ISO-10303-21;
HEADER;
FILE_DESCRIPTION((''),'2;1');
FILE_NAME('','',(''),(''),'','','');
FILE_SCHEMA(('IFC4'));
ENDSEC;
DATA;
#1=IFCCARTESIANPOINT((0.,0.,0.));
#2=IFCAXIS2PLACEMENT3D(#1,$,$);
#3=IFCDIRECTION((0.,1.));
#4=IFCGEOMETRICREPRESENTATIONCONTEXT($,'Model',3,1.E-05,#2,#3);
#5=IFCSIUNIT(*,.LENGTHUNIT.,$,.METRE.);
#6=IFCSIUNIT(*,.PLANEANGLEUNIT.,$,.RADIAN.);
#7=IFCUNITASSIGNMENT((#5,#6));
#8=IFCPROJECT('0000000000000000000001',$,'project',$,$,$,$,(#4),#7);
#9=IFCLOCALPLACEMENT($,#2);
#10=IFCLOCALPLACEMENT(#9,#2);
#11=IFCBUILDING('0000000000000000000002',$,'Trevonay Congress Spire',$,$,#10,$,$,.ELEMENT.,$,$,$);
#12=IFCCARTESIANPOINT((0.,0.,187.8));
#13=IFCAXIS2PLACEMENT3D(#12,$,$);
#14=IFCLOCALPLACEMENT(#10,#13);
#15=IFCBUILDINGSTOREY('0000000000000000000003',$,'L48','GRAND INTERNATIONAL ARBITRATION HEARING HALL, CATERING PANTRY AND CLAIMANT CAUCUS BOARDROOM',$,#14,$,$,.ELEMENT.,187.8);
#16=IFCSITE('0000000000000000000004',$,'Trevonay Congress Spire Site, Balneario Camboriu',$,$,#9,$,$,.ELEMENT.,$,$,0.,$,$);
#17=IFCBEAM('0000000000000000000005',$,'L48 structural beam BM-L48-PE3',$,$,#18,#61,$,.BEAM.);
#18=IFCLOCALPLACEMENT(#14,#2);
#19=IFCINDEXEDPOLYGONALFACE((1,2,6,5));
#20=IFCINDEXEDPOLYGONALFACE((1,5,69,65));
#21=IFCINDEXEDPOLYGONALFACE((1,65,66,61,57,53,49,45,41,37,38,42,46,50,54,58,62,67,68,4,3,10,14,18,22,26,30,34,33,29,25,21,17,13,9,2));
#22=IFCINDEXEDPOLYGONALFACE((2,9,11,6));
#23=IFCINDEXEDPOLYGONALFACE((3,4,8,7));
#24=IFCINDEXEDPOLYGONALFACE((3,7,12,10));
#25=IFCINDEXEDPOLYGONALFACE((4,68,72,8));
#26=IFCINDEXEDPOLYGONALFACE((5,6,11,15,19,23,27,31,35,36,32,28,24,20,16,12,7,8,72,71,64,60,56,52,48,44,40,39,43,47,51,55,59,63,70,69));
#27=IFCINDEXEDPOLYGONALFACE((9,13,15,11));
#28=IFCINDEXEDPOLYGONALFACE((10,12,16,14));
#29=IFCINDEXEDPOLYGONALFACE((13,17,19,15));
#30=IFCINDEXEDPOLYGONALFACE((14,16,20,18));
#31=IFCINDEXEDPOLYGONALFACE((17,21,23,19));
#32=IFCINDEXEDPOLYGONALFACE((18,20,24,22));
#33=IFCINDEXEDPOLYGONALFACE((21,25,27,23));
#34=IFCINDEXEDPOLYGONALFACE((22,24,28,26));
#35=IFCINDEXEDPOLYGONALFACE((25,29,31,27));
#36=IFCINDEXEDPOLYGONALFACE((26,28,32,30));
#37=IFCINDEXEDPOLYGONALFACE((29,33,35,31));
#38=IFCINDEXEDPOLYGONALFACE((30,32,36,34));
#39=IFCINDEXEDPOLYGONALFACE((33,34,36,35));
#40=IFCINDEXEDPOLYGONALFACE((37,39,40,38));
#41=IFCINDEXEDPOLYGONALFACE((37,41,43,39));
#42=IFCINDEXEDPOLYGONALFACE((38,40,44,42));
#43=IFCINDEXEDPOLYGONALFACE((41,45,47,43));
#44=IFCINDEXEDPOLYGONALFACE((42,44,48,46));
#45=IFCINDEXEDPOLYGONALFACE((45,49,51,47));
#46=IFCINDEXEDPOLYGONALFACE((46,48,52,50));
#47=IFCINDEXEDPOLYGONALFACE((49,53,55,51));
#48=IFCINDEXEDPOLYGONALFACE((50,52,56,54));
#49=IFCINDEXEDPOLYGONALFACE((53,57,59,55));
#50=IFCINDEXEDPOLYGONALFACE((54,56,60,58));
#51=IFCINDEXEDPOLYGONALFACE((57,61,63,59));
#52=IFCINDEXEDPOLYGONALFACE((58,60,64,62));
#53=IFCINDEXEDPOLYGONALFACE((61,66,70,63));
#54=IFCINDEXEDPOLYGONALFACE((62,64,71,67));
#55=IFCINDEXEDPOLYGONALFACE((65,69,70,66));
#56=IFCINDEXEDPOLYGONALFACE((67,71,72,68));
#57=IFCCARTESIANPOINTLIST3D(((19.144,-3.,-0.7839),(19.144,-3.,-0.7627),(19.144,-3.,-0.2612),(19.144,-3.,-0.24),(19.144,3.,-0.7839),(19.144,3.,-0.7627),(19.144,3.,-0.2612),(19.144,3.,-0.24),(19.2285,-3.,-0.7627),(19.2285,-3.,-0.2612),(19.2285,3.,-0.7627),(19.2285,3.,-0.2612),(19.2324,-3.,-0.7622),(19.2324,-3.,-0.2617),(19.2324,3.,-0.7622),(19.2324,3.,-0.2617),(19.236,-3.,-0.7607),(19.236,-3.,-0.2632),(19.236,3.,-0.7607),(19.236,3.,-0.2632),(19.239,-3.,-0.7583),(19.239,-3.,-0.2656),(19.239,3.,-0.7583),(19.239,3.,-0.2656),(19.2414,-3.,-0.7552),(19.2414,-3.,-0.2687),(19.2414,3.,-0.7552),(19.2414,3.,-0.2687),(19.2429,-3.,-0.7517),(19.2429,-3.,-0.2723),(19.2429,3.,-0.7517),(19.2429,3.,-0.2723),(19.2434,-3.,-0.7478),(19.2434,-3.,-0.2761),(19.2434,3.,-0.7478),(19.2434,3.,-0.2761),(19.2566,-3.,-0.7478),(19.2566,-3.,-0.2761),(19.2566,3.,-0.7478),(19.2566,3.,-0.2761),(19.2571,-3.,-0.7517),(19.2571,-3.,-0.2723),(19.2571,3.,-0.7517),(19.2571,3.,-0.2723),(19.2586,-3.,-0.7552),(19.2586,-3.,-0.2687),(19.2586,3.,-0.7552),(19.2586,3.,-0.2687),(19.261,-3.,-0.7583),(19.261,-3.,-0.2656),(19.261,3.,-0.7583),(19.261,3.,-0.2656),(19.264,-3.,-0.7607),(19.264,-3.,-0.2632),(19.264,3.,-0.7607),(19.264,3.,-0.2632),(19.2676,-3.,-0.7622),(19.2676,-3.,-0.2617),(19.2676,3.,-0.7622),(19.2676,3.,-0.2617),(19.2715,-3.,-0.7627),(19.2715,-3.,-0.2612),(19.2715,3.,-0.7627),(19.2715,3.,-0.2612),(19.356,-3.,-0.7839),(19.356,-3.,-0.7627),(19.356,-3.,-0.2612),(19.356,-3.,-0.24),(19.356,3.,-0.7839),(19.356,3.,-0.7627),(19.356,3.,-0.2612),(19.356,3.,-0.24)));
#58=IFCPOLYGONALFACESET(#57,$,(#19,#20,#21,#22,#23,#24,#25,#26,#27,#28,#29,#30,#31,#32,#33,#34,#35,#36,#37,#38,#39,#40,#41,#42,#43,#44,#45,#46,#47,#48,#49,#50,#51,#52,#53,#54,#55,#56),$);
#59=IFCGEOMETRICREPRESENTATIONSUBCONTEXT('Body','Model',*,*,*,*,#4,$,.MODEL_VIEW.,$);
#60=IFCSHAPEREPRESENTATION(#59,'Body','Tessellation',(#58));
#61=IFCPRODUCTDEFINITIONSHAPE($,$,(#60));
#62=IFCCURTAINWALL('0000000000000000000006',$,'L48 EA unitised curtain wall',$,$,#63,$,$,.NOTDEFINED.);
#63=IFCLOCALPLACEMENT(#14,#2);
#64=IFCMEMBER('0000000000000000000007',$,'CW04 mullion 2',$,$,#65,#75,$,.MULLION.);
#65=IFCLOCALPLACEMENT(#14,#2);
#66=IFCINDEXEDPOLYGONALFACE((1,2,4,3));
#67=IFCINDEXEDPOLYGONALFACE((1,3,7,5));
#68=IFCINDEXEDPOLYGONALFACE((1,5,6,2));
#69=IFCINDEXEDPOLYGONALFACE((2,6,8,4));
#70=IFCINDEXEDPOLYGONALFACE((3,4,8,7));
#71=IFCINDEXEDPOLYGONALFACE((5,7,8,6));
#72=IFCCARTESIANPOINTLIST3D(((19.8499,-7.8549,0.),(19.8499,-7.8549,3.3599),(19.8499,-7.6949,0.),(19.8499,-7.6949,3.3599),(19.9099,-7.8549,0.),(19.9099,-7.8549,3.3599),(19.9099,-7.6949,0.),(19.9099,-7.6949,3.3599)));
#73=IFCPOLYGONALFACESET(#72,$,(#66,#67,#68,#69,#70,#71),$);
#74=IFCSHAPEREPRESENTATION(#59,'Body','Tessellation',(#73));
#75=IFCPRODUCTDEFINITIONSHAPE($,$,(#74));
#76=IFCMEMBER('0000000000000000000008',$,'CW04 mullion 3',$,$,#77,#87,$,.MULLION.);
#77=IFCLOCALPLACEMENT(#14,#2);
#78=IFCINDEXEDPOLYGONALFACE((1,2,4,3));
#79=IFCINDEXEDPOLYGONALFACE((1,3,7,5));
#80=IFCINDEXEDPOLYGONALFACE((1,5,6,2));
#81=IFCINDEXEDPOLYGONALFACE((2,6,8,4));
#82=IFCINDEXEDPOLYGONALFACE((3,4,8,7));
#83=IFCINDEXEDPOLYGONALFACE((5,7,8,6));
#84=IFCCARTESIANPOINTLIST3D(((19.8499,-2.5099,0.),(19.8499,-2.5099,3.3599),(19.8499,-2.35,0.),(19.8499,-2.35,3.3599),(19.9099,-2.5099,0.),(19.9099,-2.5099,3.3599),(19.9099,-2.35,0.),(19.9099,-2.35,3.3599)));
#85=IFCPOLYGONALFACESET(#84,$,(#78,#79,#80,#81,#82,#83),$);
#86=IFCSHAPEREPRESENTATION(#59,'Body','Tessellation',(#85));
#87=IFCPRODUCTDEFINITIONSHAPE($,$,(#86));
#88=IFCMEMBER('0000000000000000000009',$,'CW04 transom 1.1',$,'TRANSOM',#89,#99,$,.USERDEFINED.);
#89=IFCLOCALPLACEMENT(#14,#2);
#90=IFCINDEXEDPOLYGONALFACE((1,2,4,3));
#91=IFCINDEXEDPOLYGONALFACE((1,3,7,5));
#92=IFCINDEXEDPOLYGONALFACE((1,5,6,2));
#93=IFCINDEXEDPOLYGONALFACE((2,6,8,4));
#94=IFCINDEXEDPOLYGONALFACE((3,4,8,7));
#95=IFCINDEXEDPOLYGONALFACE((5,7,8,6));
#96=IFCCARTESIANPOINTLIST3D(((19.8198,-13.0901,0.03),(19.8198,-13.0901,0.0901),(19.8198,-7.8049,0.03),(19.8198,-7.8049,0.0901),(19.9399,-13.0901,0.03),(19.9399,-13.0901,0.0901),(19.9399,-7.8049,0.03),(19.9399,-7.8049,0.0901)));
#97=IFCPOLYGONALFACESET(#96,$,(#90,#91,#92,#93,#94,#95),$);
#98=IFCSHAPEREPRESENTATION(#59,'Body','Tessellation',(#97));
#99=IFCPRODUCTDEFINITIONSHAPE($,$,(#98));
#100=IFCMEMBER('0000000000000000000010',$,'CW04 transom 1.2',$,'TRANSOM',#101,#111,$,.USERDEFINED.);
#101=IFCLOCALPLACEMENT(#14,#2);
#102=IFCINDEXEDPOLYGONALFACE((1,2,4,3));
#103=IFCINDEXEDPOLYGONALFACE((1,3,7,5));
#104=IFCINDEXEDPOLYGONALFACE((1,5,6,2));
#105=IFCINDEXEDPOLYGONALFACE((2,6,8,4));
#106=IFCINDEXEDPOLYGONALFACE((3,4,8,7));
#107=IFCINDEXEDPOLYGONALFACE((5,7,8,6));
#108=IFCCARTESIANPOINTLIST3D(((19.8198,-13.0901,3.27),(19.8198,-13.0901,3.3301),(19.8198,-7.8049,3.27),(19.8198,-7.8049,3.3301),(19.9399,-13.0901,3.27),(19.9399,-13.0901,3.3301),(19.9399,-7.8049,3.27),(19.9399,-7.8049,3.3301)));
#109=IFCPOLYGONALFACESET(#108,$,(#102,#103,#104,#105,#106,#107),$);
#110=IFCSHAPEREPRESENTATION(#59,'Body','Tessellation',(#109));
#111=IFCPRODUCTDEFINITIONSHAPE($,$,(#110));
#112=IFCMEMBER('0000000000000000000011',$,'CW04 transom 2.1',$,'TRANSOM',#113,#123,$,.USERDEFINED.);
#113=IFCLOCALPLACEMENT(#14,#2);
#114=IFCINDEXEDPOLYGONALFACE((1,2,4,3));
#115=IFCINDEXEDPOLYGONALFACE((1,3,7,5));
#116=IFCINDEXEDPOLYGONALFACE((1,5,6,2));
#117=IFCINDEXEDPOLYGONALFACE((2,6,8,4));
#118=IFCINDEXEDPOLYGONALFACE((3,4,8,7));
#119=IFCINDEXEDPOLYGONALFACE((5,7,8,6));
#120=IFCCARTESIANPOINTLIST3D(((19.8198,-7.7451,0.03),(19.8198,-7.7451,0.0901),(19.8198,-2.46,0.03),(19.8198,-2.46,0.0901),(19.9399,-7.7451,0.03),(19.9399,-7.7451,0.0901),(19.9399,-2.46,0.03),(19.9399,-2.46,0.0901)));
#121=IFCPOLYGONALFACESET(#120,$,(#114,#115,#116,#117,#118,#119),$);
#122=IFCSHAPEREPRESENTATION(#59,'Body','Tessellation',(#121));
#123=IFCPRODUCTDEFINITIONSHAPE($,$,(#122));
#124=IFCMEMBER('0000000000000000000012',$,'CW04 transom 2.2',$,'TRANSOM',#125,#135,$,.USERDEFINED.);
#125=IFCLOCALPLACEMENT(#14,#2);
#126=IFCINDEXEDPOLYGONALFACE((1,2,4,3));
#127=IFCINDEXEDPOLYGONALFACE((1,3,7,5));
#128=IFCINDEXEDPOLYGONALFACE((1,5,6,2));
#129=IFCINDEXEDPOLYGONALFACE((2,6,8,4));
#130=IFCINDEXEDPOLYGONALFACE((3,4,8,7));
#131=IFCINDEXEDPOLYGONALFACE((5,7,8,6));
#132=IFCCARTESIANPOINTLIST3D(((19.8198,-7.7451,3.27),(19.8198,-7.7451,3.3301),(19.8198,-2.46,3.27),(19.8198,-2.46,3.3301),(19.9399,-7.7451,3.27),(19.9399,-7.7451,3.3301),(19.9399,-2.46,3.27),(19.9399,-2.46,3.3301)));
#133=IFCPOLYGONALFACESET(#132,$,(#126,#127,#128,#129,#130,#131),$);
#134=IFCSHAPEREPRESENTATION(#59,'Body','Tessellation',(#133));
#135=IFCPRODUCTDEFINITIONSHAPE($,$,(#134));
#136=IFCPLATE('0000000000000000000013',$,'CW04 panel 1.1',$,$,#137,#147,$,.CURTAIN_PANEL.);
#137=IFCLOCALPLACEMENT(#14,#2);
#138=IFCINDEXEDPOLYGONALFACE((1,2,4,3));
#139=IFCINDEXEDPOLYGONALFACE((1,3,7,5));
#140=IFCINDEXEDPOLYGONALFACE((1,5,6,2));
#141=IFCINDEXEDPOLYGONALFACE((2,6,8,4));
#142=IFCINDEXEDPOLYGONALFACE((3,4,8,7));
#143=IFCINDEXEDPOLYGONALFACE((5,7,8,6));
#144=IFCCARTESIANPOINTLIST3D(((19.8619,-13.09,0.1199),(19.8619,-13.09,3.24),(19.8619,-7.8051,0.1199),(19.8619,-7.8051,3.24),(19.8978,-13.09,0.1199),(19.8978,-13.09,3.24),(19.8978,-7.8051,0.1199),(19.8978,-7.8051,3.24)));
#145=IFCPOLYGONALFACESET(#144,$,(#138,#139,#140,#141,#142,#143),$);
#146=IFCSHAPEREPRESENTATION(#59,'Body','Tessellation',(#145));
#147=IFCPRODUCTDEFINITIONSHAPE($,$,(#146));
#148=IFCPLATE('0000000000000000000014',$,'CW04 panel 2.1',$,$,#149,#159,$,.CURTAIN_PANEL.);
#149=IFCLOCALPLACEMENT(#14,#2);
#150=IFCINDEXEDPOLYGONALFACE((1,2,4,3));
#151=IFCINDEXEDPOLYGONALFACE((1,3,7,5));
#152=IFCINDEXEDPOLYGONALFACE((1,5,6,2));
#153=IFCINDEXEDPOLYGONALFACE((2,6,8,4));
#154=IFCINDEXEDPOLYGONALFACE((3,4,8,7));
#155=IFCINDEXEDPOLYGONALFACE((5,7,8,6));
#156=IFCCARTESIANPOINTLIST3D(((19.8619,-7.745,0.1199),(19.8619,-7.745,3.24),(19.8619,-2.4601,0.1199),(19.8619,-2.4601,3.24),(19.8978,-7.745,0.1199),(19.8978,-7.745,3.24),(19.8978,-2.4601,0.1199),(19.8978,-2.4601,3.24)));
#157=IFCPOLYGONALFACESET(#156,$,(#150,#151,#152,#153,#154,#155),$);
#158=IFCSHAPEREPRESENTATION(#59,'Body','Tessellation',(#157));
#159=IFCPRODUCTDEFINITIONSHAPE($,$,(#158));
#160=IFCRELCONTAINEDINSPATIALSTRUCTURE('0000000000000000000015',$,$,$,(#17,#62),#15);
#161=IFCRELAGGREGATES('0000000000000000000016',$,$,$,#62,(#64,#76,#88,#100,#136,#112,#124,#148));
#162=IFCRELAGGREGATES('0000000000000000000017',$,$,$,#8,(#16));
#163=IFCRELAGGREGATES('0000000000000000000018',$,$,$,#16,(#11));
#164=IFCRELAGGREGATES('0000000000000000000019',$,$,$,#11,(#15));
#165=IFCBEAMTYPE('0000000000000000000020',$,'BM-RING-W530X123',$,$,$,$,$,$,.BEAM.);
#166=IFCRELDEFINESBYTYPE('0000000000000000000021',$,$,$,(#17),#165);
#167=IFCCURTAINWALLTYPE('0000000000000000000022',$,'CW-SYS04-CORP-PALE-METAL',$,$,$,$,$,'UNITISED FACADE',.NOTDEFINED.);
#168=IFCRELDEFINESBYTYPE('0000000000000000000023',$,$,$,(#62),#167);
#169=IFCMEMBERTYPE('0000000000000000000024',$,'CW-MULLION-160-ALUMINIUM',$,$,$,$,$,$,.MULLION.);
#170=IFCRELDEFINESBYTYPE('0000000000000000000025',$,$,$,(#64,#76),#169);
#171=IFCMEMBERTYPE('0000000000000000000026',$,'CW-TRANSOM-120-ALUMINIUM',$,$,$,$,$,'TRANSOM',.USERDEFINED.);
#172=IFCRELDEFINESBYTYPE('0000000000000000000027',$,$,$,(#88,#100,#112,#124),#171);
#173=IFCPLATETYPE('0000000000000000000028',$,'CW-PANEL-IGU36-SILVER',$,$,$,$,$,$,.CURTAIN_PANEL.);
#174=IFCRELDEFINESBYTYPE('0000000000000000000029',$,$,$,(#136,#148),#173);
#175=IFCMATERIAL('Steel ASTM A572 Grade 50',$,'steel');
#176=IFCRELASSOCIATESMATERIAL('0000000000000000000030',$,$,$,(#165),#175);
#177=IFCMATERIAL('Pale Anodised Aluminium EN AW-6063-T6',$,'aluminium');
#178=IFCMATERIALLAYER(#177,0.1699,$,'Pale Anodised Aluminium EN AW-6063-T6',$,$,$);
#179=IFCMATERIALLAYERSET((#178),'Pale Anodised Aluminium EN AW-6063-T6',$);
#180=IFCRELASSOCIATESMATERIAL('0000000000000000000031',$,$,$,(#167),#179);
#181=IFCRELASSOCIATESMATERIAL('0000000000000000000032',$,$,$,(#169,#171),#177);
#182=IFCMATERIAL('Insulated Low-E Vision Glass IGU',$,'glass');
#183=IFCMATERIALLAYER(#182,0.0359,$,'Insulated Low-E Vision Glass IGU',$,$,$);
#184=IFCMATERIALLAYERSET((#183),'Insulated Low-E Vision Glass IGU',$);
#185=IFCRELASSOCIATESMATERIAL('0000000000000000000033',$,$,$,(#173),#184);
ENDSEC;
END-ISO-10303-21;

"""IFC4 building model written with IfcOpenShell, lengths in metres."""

from ifc_helpers import new_model, si_unit, direction, frame, origin, origin_2d, place, context, subcontext, project, spatial, rectangle, i_section, extrude, material, layer, layer_set, material_profile, profile_set, type_object, element, aggregate, save


model = new_model("IFC4")

# Units and contexts
model_context = context("Model", 3, precision=1e-05, world=origin(), true_north=direction((0.0, 1.0)))
body_context = subcontext(model_context, "Body", "Model", "MODEL_VIEW")
ifc_project = project(units=[si_unit("LENGTHUNIT", "METRE"), si_unit("PLANEANGLEUNIT", "RADIAN")], contexts=[model_context])

# Site, building, storey
site_placement = place(None, origin())
site = spatial("IfcSite", under=ifc_project, at=site_placement, Name="Trevonay Congress Spire Site, Balneario Camboriu", CompositionType="ELEMENT", RefElevation=0.0)
building_placement = place(site_placement, origin())
building = spatial("IfcBuilding", under=site, at=building_placement, Name="Trevonay Congress Spire", CompositionType="ELEMENT")
storey_placement = place(building_placement, frame((0.0, 0.0, 187.8)))
storey = spatial("IfcBuildingStorey", under=building, at=storey_placement, Name="L48", Description="GRAND INTERNATIONAL ARBITRATION HEARING HALL, CATERING PANTRY AND CLAIMANT CAUCUS BOARDROOM", CompositionType="ELEMENT", Elevation=187.8)

# Shared definitions
ifc_material_1 = material(Name="Steel ASTM A572 Grade 50", Category="steel")

# Beam
ifc_material_profile_1 = material_profile(ifc_material_1, i_section(OverallWidth=0.2119, OverallDepth=0.5439, WebThickness=0.0132, FlangeThickness=0.0212, FilletRadius=0.0149, at=origin_2d()), Name="W530x123")
ifc_profile_set_1 = profile_set([ifc_material_profile_1], Name="Steel ASTM A572 Grade 50")
beam_type_1 = type_object("IfcBeamType", Name="BM-RING-W530X123", PredefinedType="BEAM", material=ifc_profile_set_1)
beam_1_placement = place(storey_placement, frame((19.25, -3.0, -0.512), z_axis=(0.0, 1.0, 0.0), x_axis=(-1.0, 0.0, 0.0)))
element("IfcBeam", 1, at=beam_1_placement, inside=storey, type_object=beam_type_1, Name="L48 structural beam BM-L48-PE3", PredefinedType="BEAM", context=body_context, shape_type="SweptSolid", body=[
    extrude(i_section(OverallWidth=0.2119, OverallDepth=0.5439, WebThickness=0.0132, FlangeThickness=0.0212, FilletRadius=0.0149, at=origin_2d()), origin(), (0.0, 0.0, 1.0), 6.0),
])

# Curtain wall, members, plates
ifc_material_2 = material(Name="Pale Anodised Aluminium EN AW-6063-T6", Category="aluminium")
ifc_layer_1 = layer(ifc_material_2, 0.1699, Name="Pale Anodised Aluminium EN AW-6063-T6")
ifc_layer_set_1 = layer_set([ifc_layer_1], Name="Pale Anodised Aluminium EN AW-6063-T6")
curtain_wall_type = type_object("IfcCurtainWallType", Name="CW-SYS04-CORP-PALE-METAL", ElementType="UNITISED FACADE", PredefinedType="NOTDEFINED", material=ifc_layer_set_1)
curtain_wall_placement = place(storey_placement, origin())
curtain_wall = element("IfcCurtainWall", 2, at=curtain_wall_placement, inside=storey, type_object=curtain_wall_type, Name="L48 EA unitised curtain wall", PredefinedType="NOTDEFINED")
ifc_material_profile_2 = material_profile(ifc_material_2, rectangle(XDim=0.0601, YDim=0.1599, at=origin_2d()), Name="CW-MULLION-160-ALUMINIUM")
ifc_profile_set_2 = profile_set([ifc_material_profile_2], Name="Pale Anodised Aluminium EN AW-6063-T6")
member_type_1 = type_object("IfcMemberType", Name="CW-MULLION-160-ALUMINIUM", PredefinedType="MULLION", material=ifc_profile_set_2)
member_1_placement = place(storey_placement, frame((19.8799, -7.7749, 0.0), z_axis=(0.0, 0.0, 1.0), x_axis=(-1.0, 0.0, 0.0)))
member_1 = element("IfcMember", 3, at=member_1_placement, type_object=member_type_1, Name="CW04 mullion 2", PredefinedType="MULLION", context=body_context, shape_type="SweptSolid", body=[
    extrude(rectangle(XDim=0.0601, YDim=0.1599, at=origin_2d()), origin(), (0.0, 0.0, 1.0), 3.3599),
])
member_2_placement = place(storey_placement, frame((19.8799, -2.4299, 0.0), z_axis=(0.0, 0.0, 1.0), x_axis=(-1.0, 0.0, 0.0)))
member_2 = element("IfcMember", 4, at=member_2_placement, type_object=member_type_1, Name="CW04 mullion 3", PredefinedType="MULLION", context=body_context, shape_type="SweptSolid", body=[
    extrude(rectangle(XDim=0.0601, YDim=0.1599, at=origin_2d()), origin(), (0.0, 0.0, 1.0), 3.3599),
])
ifc_material_profile_3 = material_profile(ifc_material_2, rectangle(XDim=0.1201, YDim=0.0601, at=origin_2d()), Name="CW-TRANSOM-120-ALUMINIUM")
ifc_profile_set_3 = profile_set([ifc_material_profile_3], Name="Pale Anodised Aluminium EN AW-6063-T6")
member_type_2 = type_object("IfcMemberType", Name="CW-TRANSOM-120-ALUMINIUM", ElementType="TRANSOM", PredefinedType="USERDEFINED", material=ifc_profile_set_3)
member_3_placement = place(storey_placement, frame((19.8799, -13.0901, 0.0601), z_axis=(0.0, 1.0, 0.0), x_axis=(-1.0, 0.0, 0.0)))
member_3 = element("IfcMember", 5, at=member_3_placement, type_object=member_type_2, Name="CW04 transom 1.1", ObjectType="TRANSOM", PredefinedType="USERDEFINED", context=body_context, shape_type="SweptSolid", body=[
    extrude(rectangle(XDim=0.1201, YDim=0.0601, at=origin_2d()), origin(), (0.0, 0.0, 1.0), 5.2852),
])
member_4_placement = place(storey_placement, frame((19.8799, -13.0901, 3.3), z_axis=(0.0, 1.0, 0.0), x_axis=(-1.0, 0.0, 0.0)))
member_4 = element("IfcMember", 6, at=member_4_placement, type_object=member_type_2, Name="CW04 transom 1.2", ObjectType="TRANSOM", PredefinedType="USERDEFINED", context=body_context, shape_type="SweptSolid", body=[
    extrude(rectangle(XDim=0.1201, YDim=0.0601, at=origin_2d()), origin(), (0.0, 0.0, 1.0), 5.2852),
])
member_5_placement = place(storey_placement, frame((19.8799, -7.7451, 0.0601), z_axis=(0.0, 1.0, 0.0), x_axis=(-1.0, 0.0, 0.0)))
member_5 = element("IfcMember", 7, at=member_5_placement, type_object=member_type_2, Name="CW04 transom 2.1", ObjectType="TRANSOM", PredefinedType="USERDEFINED", context=body_context, shape_type="SweptSolid", body=[
    extrude(rectangle(XDim=0.1201, YDim=0.0601, at=origin_2d()), origin(), (0.0, 0.0, 1.0), 5.2852),
])
member_6_placement = place(storey_placement, frame((19.8799, -7.7451, 3.3), z_axis=(0.0, 1.0, 0.0), x_axis=(-1.0, 0.0, 0.0)))
member_6 = element("IfcMember", 8, at=member_6_placement, type_object=member_type_2, Name="CW04 transom 2.2", ObjectType="TRANSOM", PredefinedType="USERDEFINED", context=body_context, shape_type="SweptSolid", body=[
    extrude(rectangle(XDim=0.1201, YDim=0.0601, at=origin_2d()), origin(), (0.0, 0.0, 1.0), 5.2852),
])
ifc_material_3 = material(Name="Insulated Low-E Vision Glass IGU", Category="glass")
ifc_layer_2 = layer(ifc_material_3, 0.0359, Name="Insulated Low-E Vision Glass IGU")
ifc_layer_set_2 = layer_set([ifc_layer_2], Name="Insulated Low-E Vision Glass IGU")
plate_type = type_object("IfcPlateType", Name="CW-PANEL-IGU36-SILVER", PredefinedType="CURTAIN_PANEL", material=ifc_layer_set_2)
plate_1_placement = place(storey_placement, frame((19.8799, -10.4475, 0.1199), z_axis=(0.0, 0.0, 1.0), x_axis=(0.0, 1.0, 0.0)))
plate_1 = element("IfcPlate", 9, at=plate_1_placement, type_object=plate_type, Name="CW04 panel 1.1", PredefinedType="CURTAIN_PANEL", context=body_context, shape_type="SweptSolid", body=[
    extrude(rectangle(XDim=5.2849, YDim=0.0359, at=origin_2d()), origin(), (0.0, 0.0, 1.0), 3.1201),
])
plate_2_placement = place(storey_placement, frame((19.8799, -5.1025, 0.1199), z_axis=(0.0, 0.0, 1.0), x_axis=(0.0, 1.0, 0.0)))
plate_2 = element("IfcPlate", 10, at=plate_2_placement, type_object=plate_type, Name="CW04 panel 2.1", PredefinedType="CURTAIN_PANEL", context=body_context, shape_type="SweptSolid", body=[
    extrude(rectangle(XDim=5.2849, YDim=0.0359, at=origin_2d()), origin(), (0.0, 0.0, 1.0), 3.1201),
])
aggregate(curtain_wall, [member_1, member_2, member_3, member_4, plate_1, member_5, member_6, plate_2])

save(model, "model.ifc")
